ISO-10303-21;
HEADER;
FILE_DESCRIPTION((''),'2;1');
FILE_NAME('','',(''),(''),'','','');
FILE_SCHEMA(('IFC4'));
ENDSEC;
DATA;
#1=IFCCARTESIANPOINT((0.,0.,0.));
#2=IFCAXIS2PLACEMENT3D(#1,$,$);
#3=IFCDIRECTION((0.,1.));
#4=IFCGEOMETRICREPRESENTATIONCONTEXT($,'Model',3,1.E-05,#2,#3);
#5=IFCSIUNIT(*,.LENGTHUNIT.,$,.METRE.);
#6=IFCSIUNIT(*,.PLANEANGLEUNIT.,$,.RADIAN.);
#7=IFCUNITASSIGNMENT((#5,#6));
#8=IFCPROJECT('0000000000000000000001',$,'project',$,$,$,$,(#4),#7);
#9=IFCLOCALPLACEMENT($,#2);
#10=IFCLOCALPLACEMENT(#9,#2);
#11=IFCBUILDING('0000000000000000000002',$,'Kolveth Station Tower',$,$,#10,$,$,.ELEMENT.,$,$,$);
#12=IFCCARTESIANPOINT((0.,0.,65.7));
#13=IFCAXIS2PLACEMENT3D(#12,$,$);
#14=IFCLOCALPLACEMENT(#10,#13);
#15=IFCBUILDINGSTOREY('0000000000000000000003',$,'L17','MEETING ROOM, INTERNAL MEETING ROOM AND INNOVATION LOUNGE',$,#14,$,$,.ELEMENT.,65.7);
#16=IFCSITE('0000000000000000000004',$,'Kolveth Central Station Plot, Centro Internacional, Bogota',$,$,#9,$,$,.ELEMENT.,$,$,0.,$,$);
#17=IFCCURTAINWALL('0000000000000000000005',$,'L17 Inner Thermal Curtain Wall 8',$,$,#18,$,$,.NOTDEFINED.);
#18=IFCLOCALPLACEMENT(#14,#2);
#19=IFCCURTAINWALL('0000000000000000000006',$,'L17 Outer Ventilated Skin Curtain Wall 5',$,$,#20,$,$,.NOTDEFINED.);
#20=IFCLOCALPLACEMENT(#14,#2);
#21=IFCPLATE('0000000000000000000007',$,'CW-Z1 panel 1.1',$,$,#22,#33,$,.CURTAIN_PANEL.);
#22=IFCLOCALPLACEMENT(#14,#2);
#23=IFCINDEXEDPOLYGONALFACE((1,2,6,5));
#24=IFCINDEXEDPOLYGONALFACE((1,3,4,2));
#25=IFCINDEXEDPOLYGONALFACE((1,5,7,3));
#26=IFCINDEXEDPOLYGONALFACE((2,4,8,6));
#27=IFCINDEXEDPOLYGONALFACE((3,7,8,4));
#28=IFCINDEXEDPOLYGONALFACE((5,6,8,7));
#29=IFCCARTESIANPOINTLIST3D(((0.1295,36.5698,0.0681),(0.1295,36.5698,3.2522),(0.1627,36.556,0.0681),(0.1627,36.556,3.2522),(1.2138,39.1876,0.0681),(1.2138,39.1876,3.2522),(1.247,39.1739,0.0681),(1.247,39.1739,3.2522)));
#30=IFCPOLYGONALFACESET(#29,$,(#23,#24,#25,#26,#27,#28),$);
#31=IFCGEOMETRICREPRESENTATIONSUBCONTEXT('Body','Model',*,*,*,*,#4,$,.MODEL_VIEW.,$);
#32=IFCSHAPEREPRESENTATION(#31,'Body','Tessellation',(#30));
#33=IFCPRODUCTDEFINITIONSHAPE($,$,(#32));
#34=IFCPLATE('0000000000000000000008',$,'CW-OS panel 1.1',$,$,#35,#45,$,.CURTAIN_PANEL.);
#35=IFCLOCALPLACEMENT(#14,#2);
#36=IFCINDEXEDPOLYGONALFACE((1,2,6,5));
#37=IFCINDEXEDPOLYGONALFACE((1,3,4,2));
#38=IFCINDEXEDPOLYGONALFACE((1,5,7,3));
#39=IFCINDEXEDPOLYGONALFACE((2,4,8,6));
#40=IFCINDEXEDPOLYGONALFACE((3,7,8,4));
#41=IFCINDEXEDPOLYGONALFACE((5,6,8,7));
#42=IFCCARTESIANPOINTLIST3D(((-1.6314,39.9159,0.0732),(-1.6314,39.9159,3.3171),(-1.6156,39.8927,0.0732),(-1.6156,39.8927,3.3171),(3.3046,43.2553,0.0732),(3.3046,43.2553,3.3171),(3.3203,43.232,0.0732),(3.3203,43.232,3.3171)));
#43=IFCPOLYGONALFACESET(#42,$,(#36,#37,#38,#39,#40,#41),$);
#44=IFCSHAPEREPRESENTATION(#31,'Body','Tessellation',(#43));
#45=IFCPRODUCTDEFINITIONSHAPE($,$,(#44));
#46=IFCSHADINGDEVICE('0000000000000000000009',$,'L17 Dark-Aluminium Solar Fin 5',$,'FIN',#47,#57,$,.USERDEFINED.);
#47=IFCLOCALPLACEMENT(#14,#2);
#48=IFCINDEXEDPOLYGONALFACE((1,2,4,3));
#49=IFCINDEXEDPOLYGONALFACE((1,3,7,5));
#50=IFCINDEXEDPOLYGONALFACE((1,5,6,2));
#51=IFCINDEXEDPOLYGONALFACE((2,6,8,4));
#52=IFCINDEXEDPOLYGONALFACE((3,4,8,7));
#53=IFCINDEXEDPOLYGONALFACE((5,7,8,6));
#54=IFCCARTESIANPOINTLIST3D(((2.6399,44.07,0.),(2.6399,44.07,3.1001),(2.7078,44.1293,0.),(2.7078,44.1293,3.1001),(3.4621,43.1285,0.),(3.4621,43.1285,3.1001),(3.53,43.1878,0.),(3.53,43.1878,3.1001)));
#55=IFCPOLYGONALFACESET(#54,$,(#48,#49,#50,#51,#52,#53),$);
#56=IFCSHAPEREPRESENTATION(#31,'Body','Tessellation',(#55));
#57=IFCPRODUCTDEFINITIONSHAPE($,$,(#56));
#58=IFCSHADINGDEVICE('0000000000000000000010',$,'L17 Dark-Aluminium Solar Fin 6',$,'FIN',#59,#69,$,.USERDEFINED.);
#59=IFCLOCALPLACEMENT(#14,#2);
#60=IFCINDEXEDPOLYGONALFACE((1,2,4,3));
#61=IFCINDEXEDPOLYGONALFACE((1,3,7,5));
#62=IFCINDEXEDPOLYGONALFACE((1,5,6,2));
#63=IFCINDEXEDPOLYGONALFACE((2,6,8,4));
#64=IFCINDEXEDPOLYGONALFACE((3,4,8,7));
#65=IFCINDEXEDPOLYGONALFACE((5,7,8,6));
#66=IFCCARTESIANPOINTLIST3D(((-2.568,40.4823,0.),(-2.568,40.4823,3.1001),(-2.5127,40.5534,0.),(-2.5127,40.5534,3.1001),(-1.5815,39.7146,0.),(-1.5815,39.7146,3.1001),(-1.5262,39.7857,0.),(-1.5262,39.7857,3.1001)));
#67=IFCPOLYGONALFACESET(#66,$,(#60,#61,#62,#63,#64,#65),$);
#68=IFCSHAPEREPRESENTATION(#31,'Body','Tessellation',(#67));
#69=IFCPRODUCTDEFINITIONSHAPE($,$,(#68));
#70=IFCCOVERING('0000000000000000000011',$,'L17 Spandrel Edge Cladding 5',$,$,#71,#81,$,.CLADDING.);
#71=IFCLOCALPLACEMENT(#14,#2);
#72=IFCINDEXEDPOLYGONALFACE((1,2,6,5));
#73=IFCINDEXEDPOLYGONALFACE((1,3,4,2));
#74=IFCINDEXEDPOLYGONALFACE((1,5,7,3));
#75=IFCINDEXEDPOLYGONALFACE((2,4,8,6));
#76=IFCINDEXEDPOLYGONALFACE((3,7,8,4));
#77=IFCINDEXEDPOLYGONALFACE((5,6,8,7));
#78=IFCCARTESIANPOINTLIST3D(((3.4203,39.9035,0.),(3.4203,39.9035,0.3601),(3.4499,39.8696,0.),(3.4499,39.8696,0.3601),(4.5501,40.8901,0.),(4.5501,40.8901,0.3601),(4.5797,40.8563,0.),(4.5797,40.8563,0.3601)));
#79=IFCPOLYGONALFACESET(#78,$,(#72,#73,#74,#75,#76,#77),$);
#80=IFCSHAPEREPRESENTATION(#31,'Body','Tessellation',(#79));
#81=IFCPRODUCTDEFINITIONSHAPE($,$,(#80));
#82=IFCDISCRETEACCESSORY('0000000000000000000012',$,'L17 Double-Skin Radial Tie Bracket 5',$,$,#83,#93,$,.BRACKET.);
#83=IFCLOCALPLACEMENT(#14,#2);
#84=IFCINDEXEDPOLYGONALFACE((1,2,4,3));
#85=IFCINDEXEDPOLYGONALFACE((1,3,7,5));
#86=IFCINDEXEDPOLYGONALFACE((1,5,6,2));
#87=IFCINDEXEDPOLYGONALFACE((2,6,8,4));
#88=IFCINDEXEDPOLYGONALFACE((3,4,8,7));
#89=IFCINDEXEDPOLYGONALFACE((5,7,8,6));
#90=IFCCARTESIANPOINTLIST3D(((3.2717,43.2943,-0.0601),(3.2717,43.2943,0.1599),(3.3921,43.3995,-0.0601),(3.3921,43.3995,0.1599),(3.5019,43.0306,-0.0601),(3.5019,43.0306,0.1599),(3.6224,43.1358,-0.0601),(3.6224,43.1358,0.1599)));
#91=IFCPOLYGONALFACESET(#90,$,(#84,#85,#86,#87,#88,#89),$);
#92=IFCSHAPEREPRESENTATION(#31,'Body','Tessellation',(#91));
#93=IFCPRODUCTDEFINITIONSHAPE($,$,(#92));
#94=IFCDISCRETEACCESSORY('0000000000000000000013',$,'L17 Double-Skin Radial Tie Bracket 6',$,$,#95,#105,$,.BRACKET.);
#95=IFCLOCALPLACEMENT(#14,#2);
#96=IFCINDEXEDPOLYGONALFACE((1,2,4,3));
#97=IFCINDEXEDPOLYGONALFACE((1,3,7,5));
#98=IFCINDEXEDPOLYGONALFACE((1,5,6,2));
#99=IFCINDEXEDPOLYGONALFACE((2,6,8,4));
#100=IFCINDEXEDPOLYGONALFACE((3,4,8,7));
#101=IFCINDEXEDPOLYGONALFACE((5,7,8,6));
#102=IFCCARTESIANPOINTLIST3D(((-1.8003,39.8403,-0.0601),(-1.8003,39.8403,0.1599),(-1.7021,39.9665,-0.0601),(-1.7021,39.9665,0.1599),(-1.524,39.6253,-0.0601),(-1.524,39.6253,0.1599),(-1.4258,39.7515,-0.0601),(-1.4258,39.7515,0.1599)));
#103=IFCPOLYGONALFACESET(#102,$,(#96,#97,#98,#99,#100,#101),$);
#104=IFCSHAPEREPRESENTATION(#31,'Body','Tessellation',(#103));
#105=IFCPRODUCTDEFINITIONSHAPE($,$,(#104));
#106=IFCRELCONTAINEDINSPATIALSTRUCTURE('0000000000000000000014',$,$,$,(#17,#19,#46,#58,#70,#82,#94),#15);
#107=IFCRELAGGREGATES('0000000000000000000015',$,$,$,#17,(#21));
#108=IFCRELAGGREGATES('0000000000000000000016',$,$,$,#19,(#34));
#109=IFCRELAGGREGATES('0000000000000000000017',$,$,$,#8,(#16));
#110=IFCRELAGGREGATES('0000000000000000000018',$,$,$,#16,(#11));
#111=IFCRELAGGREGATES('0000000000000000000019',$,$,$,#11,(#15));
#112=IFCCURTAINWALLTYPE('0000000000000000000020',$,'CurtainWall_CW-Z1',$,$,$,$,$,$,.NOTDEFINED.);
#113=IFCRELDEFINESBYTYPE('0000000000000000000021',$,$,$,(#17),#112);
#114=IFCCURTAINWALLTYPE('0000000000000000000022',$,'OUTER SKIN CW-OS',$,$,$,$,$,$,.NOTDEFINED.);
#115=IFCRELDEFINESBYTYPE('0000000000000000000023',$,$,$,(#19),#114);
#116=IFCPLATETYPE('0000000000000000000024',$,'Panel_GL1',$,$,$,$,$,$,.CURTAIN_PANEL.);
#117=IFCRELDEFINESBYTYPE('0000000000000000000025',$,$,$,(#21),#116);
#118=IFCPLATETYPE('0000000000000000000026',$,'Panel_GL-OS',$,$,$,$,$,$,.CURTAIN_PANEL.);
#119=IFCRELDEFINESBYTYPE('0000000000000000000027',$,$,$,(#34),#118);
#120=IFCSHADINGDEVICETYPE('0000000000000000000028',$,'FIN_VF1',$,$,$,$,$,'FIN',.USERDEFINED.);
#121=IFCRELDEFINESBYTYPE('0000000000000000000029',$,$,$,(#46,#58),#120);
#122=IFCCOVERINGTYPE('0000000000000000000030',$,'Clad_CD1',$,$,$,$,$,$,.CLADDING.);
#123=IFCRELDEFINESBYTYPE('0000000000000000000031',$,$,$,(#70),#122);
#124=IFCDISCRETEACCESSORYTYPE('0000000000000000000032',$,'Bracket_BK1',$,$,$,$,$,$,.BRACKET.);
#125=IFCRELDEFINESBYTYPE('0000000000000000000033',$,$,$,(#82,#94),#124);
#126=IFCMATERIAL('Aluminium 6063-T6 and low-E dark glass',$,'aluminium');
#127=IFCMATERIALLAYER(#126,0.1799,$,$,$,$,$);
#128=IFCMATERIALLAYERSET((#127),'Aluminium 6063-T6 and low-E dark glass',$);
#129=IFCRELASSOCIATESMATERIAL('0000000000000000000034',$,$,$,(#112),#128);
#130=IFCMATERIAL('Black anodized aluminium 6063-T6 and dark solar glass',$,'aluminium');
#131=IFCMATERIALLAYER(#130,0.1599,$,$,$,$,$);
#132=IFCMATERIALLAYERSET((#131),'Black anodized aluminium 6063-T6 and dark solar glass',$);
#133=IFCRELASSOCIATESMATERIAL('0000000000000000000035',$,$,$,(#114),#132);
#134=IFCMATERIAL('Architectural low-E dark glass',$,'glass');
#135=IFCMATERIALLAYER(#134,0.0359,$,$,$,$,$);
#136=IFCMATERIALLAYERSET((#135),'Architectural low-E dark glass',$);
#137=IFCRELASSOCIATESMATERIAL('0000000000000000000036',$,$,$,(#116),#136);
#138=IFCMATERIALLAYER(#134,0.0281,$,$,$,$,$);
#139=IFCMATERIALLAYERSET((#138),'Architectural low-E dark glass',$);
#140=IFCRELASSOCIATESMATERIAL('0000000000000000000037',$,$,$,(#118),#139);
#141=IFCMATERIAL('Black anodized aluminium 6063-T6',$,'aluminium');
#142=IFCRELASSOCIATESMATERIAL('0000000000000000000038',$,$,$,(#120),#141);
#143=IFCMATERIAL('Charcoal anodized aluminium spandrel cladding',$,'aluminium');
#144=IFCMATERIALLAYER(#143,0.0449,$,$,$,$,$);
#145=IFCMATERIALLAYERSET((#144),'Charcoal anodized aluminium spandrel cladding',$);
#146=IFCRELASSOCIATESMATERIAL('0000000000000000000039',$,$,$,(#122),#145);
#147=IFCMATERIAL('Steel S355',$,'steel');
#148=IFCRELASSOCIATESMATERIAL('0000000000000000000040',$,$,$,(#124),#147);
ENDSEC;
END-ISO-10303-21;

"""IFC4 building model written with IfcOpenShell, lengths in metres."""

from ifc_helpers import new_model, si_unit, direction, frame, origin, origin_2d, place, context, subcontext, project, spatial, rectangle, extrude, source, transform, mapped, material, layer, layer_set, type_object, element, aggregate, save


model = new_model("IFC4")

# Units and contexts
model_context = context("Model", 3, precision=1e-05, world=origin(), true_north=direction((0.0, 1.0)))
body_context = subcontext(model_context, "Body", "Model", "MODEL_VIEW")
ifc_project = project(units=[si_unit("LENGTHUNIT", "METRE"), si_unit("PLANEANGLEUNIT", "RADIAN")], contexts=[model_context])

# Site, building, storey
site_placement = place(None, origin())
site = spatial("IfcSite", under=ifc_project, at=site_placement, Name="Kolveth Central Station Plot, Centro Internacional, Bogota", CompositionType="ELEMENT", RefElevation=0.0)
building_placement = place(site_placement, origin())
building = spatial("IfcBuilding", under=site, at=building_placement, Name="Kolveth Station Tower", CompositionType="ELEMENT")
storey_placement = place(building_placement, frame((0.0, 0.0, 65.7)))
storey = spatial("IfcBuildingStorey", under=building, at=storey_placement, Name="L17", Description="MEETING ROOM, INTERNAL MEETING ROOM AND INNOVATION LOUNGE", CompositionType="ELEMENT", Elevation=65.7)

# Shared definitions
ifc_material_1 = material(Name="Aluminium 6063-T6 and low-E dark glass", Category="aluminium")
ifc_layer_1 = layer(ifc_material_1, 0.1799)
ifc_layer_set_1 = layer_set([ifc_layer_1], Name="Aluminium 6063-T6 and low-E dark glass")
curtain_wall_type_1 = type_object("IfcCurtainWallType", Name="CurtainWall_CW-Z1", PredefinedType="NOTDEFINED", material=ifc_layer_set_1)
ifc_material_2 = material(Name="Black anodized aluminium 6063-T6", Category="aluminium")

# Curtain wall
curtain_wall_1_placement = place(storey_placement, origin())
curtain_wall_1 = element("IfcCurtainWall", 1, at=curtain_wall_1_placement, inside=storey, type_object=curtain_wall_type_1, Name="L17 Inner Thermal Curtain Wall 8", PredefinedType="NOTDEFINED")

# Shared definitions
ifc_material_3 = material(Name="Black anodized aluminium 6063-T6 and dark solar glass", Category="aluminium")
ifc_layer_2 = layer(ifc_material_3, 0.1599)
ifc_layer_set_2 = layer_set([ifc_layer_2], Name="Black anodized aluminium 6063-T6 and dark solar glass")
curtain_wall_type_2 = type_object("IfcCurtainWallType", Name="OUTER SKIN CW-OS", PredefinedType="NOTDEFINED", material=ifc_layer_set_2)

# Curtain wall
curtain_wall_2_placement = place(storey_placement, origin())
curtain_wall_2 = element("IfcCurtainWall", 2, at=curtain_wall_2_placement, inside=storey, type_object=curtain_wall_type_2, Name="L17 Outer Ventilated Skin Curtain Wall 5", PredefinedType="NOTDEFINED")

# Plates
ifc_material_4 = material(Name="Architectural low-E dark glass", Category="glass")
ifc_layer_3 = layer(ifc_material_4, 0.0359)
ifc_layer_set_3 = layer_set([ifc_layer_3], Name="Architectural low-E dark glass")
plate_type_1 = type_object("IfcPlateType", Name="Panel_GL1", PredefinedType="CURTAIN_PANEL", material=ifc_layer_set_3)
shared_shape_1 = source(origin(), body_context, "Body", "SweptSolid", [
    extrude(rectangle(XDim=2.8335, YDim=0.0359, at=origin_2d()), origin(), (0.0, 0.0, 1.0), 3.1841),
])
plate_1_placement = place(storey_placement, frame((0.6882, 37.8718, 0.0681), z_axis=(0.0, 0.0, 1.0), x_axis=(-0.382673, -0.923884, 0.0)))
plate_1 = element("IfcPlate", 3, at=plate_1_placement, type_object=plate_type_1, Name="CW-Z1 panel 1.1", PredefinedType="CURTAIN_PANEL", context=body_context, shape_type="MappedRepresentation", body=[
    mapped(shared_shape_1, transform((0.0, 0.0, 0.0), x_axis=(1.0, 0.0, 0.0), y_axis=(0.0, 1.0, 0.0), z_axis=(0.0, 0.0, 1.0), scale=1.0)),
])
aggregate(curtain_wall_1, [plate_1])
ifc_layer_4 = layer(ifc_material_4, 0.0281)
ifc_layer_set_4 = layer_set([ifc_layer_4], Name="Architectural low-E dark glass")
plate_type_2 = type_object("IfcPlateType", Name="Panel_GL-OS", PredefinedType="CURTAIN_PANEL", material=ifc_layer_set_4)
shared_shape_2 = source(origin(), body_context, "Body", "SweptSolid", [
    extrude(rectangle(XDim=5.9595, YDim=0.0281, at=origin_2d()), origin(), (0.0, 0.0, 1.0), 3.2439),
])
plate_2_placement = place(storey_placement, frame((0.8445, 41.574, 0.0732), z_axis=(0.0, 0.0, 1.0), x_axis=(-0.828259, -0.560346, 0.0)))
plate_2 = element("IfcPlate", 4, at=plate_2_placement, type_object=plate_type_2, Name="CW-OS panel 1.1", PredefinedType="CURTAIN_PANEL", context=body_context, shape_type="MappedRepresentation", body=[
    mapped(shared_shape_2, transform((0.0, 0.0, 0.0), x_axis=(1.0, 0.0, 0.0), y_axis=(0.0, 1.0, 0.0), z_axis=(0.0, 0.0, 1.0), scale=1.0)),
])
aggregate(curtain_wall_2, [plate_2])

# Shading devices
shading_device_type = type_object("IfcShadingDeviceType", Name="FIN_VF1", ElementType="FIN", PredefinedType="USERDEFINED", material=ifc_material_2)
shared_shape_3 = source(origin(), body_context, "Body", "SweptSolid", [
    extrude(rectangle(XDim=1.25, YDim=0.0901, at=origin_2d()), origin(), (0.0, 0.0, 1.0), 3.1001),
])
for number, where, z_axis, x_axis, name in (
    (5, (3.085, 43.6289, 0.0), (0.0, 0.0, 1.0), (-0.65777, 0.753219, 0.0), "L17 Dark-Aluminium Solar Fin 5"),
    (6, (-2.0471, 40.134, 0.0), (0.0, 0.0, 1.0), (-0.789191, 0.614147, 0.0), "L17 Dark-Aluminium Solar Fin 6"),
):
    element("IfcShadingDevice", number, at=place(storey_placement, frame(where, z_axis=z_axis, x_axis=x_axis)), inside=storey, type_object=shading_device_type, Name=name, ObjectType="FIN", PredefinedType="USERDEFINED", context=body_context, shape_type="MappedRepresentation", body=[
        mapped(shared_shape_3, transform((0.0, 0.0, 0.0), x_axis=(1.0, 0.0, 0.0), y_axis=(0.0, 1.0, 0.0), z_axis=(0.0, 0.0, 1.0), scale=1.0)),
    ])

# Covering
ifc_material_5 = material(Name="Charcoal anodized aluminium spandrel cladding", Category="aluminium")
ifc_layer_5 = layer(ifc_material_5, 0.0449)
ifc_layer_set_5 = layer_set([ifc_layer_5], Name="Charcoal anodized aluminium spandrel cladding")
covering_type = type_object("IfcCoveringType", Name="Clad_CD1", PredefinedType="CLADDING", material=ifc_layer_set_5)
shared_shape_4 = source(origin(), body_context, "Body", "SweptSolid", [
    extrude(rectangle(XDim=1.5, YDim=0.0449, at=origin_2d()), origin(), (0.0, 0.0, 1.0), 0.3601),
])
covering_placement = place(storey_placement, frame((4.0, 40.3799, 0.0), z_axis=(0.0, 0.0, 1.0), x_axis=(-0.753219, -0.65777, 0.0)))
element("IfcCovering", 7, at=covering_placement, inside=storey, type_object=covering_type, Name="L17 Spandrel Edge Cladding 5", PredefinedType="CLADDING", context=body_context, shape_type="MappedRepresentation", body=[
    mapped(shared_shape_4, transform((0.0, 0.0, 0.0), x_axis=(1.0, 0.0, 0.0), y_axis=(0.0, 1.0, 0.0), z_axis=(0.0, 0.0, 1.0), scale=1.0)),
])

# Discrete accessories
ifc_material_6 = material(Name="Steel S355", Category="steel")
discrete_accessory_type = type_object("IfcDiscreteAccessoryType", Name="Bracket_BK1", PredefinedType="BRACKET", material=ifc_material_6)
shared_shape_5 = source(origin(), body_context, "Body", "SweptSolid", [
    extrude(rectangle(XDim=0.3501, YDim=0.1599, at=origin_2d()), origin(), (0.0, 0.0, 1.0), 0.22),
])
for number, where, z_axis, x_axis, name in (
    (8, (3.447, 43.2151, -0.0601), (0.0, 0.0, 1.0), (-0.65777, 0.753219, 0.0), "L17 Double-Skin Radial Tie Bracket 5"),
    (9, (-1.613, 39.7959, -0.0601), (0.0, 0.0, 1.0), (-0.789191, 0.614147, 0.0), "L17 Double-Skin Radial Tie Bracket 6"),
):
    element("IfcDiscreteAccessory", number, at=place(storey_placement, frame(where, z_axis=z_axis, x_axis=x_axis)), inside=storey, type_object=discrete_accessory_type, Name=name, PredefinedType="BRACKET", context=body_context, shape_type="MappedRepresentation", body=[
        mapped(shared_shape_5, transform((0.0, 0.0, 0.0), x_axis=(1.0, 0.0, 0.0), y_axis=(0.0, 1.0, 0.0), z_axis=(0.0, 0.0, 1.0), scale=1.0)),
    ])

save(model, "model.ifc")
